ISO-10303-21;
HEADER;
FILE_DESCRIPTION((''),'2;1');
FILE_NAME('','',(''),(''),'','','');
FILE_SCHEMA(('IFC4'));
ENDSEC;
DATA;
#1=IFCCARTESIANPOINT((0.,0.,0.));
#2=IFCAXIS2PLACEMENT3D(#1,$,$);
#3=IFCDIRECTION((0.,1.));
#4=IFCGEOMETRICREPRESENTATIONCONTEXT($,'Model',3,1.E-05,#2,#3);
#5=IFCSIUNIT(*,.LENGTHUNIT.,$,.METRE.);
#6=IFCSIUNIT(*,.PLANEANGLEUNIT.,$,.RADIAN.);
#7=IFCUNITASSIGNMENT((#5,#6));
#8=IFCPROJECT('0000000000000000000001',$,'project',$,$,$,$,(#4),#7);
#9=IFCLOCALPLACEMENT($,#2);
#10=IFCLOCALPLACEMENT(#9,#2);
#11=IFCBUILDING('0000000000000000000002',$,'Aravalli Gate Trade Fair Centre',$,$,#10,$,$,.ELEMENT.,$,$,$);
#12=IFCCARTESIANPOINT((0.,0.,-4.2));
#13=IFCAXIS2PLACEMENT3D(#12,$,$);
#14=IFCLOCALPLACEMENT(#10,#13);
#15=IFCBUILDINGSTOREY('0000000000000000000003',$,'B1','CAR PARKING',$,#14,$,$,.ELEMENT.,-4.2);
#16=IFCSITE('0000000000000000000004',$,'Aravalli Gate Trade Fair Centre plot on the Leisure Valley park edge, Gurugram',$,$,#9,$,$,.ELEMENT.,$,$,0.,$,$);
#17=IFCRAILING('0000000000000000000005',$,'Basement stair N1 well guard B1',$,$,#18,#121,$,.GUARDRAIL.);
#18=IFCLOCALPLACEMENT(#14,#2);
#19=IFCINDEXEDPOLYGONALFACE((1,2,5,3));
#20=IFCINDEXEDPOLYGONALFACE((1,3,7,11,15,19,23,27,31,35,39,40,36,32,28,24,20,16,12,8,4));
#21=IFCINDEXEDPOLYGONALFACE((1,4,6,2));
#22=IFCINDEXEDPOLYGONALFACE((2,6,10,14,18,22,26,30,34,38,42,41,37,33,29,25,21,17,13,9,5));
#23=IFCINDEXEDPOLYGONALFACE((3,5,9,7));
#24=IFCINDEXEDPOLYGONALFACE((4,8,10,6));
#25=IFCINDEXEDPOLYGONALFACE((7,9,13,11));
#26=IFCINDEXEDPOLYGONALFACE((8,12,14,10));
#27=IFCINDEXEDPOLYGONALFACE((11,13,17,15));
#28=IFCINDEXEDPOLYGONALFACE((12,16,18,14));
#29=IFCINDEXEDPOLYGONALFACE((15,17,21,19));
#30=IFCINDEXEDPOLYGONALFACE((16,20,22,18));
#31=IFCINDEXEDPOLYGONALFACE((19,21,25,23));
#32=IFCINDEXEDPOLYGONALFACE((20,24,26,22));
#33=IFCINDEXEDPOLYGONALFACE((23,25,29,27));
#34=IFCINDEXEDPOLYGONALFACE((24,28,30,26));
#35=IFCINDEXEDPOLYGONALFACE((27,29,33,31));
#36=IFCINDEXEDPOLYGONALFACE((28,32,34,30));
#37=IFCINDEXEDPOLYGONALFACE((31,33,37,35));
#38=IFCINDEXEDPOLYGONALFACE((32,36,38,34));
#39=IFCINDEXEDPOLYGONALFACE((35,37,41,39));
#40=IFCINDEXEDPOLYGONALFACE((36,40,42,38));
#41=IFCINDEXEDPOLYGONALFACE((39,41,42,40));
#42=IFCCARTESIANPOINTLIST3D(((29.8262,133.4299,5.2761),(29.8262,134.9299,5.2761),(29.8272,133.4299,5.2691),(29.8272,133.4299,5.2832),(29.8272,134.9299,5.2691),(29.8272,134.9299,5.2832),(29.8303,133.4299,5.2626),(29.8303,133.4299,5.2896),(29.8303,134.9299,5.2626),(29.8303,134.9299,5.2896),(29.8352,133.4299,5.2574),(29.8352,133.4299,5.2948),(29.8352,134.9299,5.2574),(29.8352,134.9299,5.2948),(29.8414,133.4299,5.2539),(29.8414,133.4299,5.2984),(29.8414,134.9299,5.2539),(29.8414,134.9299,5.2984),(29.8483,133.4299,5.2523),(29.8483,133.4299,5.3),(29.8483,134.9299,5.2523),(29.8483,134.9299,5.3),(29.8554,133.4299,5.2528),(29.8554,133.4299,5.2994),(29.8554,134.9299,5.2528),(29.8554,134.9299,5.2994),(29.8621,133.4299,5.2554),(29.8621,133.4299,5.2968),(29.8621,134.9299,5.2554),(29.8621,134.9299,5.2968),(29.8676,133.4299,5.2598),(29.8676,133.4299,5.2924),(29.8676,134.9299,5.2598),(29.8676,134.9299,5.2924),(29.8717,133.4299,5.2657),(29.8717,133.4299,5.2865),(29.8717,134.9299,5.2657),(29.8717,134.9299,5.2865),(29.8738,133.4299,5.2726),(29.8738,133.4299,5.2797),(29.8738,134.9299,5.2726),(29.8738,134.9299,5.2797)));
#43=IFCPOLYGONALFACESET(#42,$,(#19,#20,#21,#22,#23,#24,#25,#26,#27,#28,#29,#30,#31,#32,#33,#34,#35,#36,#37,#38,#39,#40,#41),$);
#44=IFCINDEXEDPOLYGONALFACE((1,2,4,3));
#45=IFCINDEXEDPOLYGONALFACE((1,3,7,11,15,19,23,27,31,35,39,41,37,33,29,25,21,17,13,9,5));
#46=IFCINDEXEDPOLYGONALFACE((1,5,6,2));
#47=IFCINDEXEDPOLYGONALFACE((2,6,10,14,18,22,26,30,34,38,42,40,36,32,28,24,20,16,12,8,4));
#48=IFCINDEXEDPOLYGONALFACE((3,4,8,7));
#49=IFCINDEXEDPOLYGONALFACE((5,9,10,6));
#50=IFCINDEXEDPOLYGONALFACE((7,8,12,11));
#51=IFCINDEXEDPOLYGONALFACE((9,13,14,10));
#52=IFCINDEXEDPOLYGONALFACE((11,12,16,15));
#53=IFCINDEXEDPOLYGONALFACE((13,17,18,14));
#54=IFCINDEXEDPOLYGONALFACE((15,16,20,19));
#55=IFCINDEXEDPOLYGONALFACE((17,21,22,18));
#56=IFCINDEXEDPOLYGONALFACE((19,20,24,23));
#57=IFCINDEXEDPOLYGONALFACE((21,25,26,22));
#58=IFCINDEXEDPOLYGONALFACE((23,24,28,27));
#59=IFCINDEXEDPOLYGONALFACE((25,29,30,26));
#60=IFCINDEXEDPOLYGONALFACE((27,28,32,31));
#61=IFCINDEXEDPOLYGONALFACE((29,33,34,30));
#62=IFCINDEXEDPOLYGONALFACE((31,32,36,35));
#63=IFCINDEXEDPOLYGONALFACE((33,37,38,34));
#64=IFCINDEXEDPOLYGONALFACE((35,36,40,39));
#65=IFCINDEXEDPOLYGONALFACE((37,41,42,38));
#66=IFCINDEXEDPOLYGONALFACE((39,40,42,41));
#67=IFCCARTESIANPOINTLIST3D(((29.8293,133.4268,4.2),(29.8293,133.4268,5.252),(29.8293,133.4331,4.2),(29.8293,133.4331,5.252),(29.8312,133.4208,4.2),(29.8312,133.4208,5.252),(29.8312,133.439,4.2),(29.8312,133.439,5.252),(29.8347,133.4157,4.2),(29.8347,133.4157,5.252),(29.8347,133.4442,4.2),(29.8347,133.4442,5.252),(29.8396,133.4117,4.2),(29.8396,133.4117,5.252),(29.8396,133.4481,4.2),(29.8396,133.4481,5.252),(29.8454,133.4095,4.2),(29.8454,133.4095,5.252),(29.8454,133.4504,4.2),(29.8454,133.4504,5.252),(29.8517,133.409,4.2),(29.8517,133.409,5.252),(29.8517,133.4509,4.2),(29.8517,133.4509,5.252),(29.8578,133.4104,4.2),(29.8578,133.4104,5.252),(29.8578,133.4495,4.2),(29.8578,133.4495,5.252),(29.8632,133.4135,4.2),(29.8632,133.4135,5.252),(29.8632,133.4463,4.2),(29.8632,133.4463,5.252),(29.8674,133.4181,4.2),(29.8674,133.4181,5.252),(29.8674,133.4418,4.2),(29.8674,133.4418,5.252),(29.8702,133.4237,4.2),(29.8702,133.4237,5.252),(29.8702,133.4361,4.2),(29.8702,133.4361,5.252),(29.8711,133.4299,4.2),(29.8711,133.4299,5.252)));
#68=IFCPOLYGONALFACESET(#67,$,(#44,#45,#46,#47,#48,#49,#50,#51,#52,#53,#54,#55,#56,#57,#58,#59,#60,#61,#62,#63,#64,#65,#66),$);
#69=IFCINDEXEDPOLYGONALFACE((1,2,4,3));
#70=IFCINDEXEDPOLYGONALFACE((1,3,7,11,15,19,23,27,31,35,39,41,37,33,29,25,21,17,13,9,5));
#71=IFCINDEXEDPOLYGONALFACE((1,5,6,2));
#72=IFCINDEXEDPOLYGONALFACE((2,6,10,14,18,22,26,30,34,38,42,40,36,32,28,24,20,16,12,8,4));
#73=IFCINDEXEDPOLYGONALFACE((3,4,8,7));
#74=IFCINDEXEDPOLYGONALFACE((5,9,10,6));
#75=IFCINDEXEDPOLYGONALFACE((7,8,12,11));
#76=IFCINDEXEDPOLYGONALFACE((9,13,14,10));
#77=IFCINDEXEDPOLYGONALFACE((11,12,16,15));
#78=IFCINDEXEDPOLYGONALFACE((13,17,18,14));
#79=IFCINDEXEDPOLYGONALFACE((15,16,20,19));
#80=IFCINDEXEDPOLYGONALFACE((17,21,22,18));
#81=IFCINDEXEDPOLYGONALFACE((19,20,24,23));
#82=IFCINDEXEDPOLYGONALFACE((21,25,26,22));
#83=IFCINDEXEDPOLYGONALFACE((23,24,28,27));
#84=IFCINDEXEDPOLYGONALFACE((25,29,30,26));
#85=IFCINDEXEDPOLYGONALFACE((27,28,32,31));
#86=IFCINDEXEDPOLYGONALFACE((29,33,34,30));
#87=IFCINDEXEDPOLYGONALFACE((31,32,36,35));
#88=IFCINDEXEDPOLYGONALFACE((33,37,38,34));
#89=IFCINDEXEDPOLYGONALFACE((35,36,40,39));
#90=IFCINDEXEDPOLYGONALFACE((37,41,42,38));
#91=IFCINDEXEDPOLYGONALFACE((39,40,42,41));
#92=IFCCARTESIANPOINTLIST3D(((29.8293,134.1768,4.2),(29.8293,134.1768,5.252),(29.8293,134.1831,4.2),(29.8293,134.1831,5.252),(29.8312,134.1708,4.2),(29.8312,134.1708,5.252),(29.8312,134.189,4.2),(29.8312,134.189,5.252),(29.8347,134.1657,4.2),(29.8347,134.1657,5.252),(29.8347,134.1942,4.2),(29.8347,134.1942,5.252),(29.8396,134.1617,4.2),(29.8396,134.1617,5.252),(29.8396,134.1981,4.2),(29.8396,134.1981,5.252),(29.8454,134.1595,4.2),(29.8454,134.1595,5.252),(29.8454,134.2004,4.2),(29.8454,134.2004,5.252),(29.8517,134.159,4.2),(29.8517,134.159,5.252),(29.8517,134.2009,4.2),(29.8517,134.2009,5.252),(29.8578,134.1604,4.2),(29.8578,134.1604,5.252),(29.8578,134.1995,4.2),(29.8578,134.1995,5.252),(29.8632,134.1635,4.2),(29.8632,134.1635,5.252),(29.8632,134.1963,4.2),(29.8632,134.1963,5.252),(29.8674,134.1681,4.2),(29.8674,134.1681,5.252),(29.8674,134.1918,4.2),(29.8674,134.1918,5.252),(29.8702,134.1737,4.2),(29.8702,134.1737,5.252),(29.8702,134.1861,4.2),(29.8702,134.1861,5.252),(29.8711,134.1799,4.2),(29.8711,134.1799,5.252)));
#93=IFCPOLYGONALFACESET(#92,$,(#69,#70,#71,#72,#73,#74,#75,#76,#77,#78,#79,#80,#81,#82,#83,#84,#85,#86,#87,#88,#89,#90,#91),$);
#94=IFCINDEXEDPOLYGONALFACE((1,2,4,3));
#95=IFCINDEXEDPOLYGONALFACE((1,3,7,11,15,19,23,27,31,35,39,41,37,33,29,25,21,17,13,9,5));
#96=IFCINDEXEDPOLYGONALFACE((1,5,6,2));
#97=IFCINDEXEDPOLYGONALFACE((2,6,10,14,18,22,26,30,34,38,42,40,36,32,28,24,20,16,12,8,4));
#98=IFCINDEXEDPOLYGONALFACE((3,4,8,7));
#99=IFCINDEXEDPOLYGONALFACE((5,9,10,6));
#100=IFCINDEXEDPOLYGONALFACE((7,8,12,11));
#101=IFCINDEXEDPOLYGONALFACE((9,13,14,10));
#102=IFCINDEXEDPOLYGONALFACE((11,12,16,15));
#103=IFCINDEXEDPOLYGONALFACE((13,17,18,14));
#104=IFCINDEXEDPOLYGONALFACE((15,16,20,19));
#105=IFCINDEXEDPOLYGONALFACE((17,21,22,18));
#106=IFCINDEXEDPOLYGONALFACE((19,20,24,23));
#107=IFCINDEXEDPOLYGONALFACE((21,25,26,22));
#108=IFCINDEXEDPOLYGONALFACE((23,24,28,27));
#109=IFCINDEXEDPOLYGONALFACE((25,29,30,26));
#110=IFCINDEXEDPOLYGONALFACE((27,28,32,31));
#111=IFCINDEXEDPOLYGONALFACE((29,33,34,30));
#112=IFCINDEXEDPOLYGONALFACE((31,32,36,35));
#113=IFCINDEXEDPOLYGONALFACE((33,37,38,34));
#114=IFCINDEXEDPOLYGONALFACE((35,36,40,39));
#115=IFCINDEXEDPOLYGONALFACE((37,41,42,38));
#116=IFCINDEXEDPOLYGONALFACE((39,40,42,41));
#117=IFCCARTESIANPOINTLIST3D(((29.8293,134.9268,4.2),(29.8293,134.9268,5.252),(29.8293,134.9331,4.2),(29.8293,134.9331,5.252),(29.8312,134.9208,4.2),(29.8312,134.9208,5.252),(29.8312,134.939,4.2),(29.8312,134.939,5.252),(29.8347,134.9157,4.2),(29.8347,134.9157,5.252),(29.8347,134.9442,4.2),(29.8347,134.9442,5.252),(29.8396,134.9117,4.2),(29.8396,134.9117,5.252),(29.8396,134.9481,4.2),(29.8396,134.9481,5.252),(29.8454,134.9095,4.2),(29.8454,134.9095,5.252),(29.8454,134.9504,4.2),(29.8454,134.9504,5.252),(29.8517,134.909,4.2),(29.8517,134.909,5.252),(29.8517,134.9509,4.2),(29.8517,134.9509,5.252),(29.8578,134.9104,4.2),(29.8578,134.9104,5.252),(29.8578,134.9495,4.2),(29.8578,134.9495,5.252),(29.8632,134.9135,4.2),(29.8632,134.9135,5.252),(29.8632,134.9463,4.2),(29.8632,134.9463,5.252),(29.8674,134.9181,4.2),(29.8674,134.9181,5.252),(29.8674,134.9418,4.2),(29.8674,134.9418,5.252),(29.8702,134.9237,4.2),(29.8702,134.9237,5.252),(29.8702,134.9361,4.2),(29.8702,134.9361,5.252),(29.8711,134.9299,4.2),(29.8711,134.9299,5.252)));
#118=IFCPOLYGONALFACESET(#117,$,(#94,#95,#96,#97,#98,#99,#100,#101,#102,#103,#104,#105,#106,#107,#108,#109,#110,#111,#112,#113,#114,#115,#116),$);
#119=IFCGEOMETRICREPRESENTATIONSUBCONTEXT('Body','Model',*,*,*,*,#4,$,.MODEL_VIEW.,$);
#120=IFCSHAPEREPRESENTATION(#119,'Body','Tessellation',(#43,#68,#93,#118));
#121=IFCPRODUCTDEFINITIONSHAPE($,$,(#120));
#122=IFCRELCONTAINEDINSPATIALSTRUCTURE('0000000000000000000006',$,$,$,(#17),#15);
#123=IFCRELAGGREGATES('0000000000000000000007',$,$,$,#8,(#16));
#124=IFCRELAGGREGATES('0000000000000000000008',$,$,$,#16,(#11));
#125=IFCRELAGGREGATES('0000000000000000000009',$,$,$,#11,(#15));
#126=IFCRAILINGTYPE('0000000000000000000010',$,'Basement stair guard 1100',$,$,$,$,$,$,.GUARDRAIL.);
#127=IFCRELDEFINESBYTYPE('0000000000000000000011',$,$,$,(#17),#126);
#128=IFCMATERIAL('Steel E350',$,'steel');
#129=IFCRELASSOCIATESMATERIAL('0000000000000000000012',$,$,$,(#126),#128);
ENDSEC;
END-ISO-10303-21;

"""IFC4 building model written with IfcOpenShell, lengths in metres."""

from ifc_helpers import new_model, si_unit, direction, frame, origin, origin_2d, place, context, subcontext, project, spatial, circle, extrude, material, type_object, element, save


model = new_model("IFC4")

# Units and contexts
model_context = context("Model", 3, precision=1e-05, world=origin(), true_north=direction((0.0, 1.0)))
body_context = subcontext(model_context, "Body", "Model", "MODEL_VIEW")
ifc_project = project(units=[si_unit("LENGTHUNIT", "METRE"), si_unit("PLANEANGLEUNIT", "RADIAN")], contexts=[model_context])

# Site, building, storey
site_placement = place(None, origin())
site = spatial("IfcSite", under=ifc_project, at=site_placement, Name="Aravalli Gate Trade Fair Centre plot on the Leisure Valley park edge, Gurugram", CompositionType="ELEMENT", RefElevation=0.0)
building_placement = place(site_placement, origin())
building = spatial("IfcBuilding", under=site, at=building_placement, Name="Aravalli Gate Trade Fair Centre", CompositionType="ELEMENT")
storey_placement = place(building_placement, frame((0.0, 0.0, -4.2)))
storey = spatial("IfcBuildingStorey", under=building, at=storey_placement, Name="B1", Description="CAR PARKING", CompositionType="ELEMENT", Elevation=-4.2)

# Railing
ifc_material_1 = material(Name="Steel E350", Category="steel")
railing_type_1 = type_object("IfcRailingType", Name="Basement stair guard 1100", PredefinedType="GUARDRAIL", material=ifc_material_1)
railing_1_placement = place(storey_placement, frame((29.8501, 133.4299, 4.2)))
element("IfcRailing", 1, at=railing_1_placement, inside=storey, type_object=railing_type_1, Name="Basement stair N1 well guard B1", PredefinedType="GUARDRAIL", context=body_context, shape_type="SweptSolid", body=[
    extrude(circle(Radius=0.0239, at=origin_2d()), frame((0.0, 0.0, 1.0762), z_axis=(0.0, 1.0, 0.0), x_axis=(-1.0, 0.0, 0.0)), (0.0, 0.0, 1.0), 1.5),
    extrude(circle(Radius=0.021, at=origin_2d()), origin(), (0.0, 0.0, 1.0), 1.052),
    extrude(circle(Radius=0.021, at=origin_2d()), frame((0.0, 0.75, 0.0)), (0.0, 0.0, 1.0), 1.052),
    extrude(circle(Radius=0.021, at=origin_2d()), frame((0.0, 1.5, 0.0)), (0.0, 0.0, 1.0), 1.052),
])

save(model, "model.ifc")
